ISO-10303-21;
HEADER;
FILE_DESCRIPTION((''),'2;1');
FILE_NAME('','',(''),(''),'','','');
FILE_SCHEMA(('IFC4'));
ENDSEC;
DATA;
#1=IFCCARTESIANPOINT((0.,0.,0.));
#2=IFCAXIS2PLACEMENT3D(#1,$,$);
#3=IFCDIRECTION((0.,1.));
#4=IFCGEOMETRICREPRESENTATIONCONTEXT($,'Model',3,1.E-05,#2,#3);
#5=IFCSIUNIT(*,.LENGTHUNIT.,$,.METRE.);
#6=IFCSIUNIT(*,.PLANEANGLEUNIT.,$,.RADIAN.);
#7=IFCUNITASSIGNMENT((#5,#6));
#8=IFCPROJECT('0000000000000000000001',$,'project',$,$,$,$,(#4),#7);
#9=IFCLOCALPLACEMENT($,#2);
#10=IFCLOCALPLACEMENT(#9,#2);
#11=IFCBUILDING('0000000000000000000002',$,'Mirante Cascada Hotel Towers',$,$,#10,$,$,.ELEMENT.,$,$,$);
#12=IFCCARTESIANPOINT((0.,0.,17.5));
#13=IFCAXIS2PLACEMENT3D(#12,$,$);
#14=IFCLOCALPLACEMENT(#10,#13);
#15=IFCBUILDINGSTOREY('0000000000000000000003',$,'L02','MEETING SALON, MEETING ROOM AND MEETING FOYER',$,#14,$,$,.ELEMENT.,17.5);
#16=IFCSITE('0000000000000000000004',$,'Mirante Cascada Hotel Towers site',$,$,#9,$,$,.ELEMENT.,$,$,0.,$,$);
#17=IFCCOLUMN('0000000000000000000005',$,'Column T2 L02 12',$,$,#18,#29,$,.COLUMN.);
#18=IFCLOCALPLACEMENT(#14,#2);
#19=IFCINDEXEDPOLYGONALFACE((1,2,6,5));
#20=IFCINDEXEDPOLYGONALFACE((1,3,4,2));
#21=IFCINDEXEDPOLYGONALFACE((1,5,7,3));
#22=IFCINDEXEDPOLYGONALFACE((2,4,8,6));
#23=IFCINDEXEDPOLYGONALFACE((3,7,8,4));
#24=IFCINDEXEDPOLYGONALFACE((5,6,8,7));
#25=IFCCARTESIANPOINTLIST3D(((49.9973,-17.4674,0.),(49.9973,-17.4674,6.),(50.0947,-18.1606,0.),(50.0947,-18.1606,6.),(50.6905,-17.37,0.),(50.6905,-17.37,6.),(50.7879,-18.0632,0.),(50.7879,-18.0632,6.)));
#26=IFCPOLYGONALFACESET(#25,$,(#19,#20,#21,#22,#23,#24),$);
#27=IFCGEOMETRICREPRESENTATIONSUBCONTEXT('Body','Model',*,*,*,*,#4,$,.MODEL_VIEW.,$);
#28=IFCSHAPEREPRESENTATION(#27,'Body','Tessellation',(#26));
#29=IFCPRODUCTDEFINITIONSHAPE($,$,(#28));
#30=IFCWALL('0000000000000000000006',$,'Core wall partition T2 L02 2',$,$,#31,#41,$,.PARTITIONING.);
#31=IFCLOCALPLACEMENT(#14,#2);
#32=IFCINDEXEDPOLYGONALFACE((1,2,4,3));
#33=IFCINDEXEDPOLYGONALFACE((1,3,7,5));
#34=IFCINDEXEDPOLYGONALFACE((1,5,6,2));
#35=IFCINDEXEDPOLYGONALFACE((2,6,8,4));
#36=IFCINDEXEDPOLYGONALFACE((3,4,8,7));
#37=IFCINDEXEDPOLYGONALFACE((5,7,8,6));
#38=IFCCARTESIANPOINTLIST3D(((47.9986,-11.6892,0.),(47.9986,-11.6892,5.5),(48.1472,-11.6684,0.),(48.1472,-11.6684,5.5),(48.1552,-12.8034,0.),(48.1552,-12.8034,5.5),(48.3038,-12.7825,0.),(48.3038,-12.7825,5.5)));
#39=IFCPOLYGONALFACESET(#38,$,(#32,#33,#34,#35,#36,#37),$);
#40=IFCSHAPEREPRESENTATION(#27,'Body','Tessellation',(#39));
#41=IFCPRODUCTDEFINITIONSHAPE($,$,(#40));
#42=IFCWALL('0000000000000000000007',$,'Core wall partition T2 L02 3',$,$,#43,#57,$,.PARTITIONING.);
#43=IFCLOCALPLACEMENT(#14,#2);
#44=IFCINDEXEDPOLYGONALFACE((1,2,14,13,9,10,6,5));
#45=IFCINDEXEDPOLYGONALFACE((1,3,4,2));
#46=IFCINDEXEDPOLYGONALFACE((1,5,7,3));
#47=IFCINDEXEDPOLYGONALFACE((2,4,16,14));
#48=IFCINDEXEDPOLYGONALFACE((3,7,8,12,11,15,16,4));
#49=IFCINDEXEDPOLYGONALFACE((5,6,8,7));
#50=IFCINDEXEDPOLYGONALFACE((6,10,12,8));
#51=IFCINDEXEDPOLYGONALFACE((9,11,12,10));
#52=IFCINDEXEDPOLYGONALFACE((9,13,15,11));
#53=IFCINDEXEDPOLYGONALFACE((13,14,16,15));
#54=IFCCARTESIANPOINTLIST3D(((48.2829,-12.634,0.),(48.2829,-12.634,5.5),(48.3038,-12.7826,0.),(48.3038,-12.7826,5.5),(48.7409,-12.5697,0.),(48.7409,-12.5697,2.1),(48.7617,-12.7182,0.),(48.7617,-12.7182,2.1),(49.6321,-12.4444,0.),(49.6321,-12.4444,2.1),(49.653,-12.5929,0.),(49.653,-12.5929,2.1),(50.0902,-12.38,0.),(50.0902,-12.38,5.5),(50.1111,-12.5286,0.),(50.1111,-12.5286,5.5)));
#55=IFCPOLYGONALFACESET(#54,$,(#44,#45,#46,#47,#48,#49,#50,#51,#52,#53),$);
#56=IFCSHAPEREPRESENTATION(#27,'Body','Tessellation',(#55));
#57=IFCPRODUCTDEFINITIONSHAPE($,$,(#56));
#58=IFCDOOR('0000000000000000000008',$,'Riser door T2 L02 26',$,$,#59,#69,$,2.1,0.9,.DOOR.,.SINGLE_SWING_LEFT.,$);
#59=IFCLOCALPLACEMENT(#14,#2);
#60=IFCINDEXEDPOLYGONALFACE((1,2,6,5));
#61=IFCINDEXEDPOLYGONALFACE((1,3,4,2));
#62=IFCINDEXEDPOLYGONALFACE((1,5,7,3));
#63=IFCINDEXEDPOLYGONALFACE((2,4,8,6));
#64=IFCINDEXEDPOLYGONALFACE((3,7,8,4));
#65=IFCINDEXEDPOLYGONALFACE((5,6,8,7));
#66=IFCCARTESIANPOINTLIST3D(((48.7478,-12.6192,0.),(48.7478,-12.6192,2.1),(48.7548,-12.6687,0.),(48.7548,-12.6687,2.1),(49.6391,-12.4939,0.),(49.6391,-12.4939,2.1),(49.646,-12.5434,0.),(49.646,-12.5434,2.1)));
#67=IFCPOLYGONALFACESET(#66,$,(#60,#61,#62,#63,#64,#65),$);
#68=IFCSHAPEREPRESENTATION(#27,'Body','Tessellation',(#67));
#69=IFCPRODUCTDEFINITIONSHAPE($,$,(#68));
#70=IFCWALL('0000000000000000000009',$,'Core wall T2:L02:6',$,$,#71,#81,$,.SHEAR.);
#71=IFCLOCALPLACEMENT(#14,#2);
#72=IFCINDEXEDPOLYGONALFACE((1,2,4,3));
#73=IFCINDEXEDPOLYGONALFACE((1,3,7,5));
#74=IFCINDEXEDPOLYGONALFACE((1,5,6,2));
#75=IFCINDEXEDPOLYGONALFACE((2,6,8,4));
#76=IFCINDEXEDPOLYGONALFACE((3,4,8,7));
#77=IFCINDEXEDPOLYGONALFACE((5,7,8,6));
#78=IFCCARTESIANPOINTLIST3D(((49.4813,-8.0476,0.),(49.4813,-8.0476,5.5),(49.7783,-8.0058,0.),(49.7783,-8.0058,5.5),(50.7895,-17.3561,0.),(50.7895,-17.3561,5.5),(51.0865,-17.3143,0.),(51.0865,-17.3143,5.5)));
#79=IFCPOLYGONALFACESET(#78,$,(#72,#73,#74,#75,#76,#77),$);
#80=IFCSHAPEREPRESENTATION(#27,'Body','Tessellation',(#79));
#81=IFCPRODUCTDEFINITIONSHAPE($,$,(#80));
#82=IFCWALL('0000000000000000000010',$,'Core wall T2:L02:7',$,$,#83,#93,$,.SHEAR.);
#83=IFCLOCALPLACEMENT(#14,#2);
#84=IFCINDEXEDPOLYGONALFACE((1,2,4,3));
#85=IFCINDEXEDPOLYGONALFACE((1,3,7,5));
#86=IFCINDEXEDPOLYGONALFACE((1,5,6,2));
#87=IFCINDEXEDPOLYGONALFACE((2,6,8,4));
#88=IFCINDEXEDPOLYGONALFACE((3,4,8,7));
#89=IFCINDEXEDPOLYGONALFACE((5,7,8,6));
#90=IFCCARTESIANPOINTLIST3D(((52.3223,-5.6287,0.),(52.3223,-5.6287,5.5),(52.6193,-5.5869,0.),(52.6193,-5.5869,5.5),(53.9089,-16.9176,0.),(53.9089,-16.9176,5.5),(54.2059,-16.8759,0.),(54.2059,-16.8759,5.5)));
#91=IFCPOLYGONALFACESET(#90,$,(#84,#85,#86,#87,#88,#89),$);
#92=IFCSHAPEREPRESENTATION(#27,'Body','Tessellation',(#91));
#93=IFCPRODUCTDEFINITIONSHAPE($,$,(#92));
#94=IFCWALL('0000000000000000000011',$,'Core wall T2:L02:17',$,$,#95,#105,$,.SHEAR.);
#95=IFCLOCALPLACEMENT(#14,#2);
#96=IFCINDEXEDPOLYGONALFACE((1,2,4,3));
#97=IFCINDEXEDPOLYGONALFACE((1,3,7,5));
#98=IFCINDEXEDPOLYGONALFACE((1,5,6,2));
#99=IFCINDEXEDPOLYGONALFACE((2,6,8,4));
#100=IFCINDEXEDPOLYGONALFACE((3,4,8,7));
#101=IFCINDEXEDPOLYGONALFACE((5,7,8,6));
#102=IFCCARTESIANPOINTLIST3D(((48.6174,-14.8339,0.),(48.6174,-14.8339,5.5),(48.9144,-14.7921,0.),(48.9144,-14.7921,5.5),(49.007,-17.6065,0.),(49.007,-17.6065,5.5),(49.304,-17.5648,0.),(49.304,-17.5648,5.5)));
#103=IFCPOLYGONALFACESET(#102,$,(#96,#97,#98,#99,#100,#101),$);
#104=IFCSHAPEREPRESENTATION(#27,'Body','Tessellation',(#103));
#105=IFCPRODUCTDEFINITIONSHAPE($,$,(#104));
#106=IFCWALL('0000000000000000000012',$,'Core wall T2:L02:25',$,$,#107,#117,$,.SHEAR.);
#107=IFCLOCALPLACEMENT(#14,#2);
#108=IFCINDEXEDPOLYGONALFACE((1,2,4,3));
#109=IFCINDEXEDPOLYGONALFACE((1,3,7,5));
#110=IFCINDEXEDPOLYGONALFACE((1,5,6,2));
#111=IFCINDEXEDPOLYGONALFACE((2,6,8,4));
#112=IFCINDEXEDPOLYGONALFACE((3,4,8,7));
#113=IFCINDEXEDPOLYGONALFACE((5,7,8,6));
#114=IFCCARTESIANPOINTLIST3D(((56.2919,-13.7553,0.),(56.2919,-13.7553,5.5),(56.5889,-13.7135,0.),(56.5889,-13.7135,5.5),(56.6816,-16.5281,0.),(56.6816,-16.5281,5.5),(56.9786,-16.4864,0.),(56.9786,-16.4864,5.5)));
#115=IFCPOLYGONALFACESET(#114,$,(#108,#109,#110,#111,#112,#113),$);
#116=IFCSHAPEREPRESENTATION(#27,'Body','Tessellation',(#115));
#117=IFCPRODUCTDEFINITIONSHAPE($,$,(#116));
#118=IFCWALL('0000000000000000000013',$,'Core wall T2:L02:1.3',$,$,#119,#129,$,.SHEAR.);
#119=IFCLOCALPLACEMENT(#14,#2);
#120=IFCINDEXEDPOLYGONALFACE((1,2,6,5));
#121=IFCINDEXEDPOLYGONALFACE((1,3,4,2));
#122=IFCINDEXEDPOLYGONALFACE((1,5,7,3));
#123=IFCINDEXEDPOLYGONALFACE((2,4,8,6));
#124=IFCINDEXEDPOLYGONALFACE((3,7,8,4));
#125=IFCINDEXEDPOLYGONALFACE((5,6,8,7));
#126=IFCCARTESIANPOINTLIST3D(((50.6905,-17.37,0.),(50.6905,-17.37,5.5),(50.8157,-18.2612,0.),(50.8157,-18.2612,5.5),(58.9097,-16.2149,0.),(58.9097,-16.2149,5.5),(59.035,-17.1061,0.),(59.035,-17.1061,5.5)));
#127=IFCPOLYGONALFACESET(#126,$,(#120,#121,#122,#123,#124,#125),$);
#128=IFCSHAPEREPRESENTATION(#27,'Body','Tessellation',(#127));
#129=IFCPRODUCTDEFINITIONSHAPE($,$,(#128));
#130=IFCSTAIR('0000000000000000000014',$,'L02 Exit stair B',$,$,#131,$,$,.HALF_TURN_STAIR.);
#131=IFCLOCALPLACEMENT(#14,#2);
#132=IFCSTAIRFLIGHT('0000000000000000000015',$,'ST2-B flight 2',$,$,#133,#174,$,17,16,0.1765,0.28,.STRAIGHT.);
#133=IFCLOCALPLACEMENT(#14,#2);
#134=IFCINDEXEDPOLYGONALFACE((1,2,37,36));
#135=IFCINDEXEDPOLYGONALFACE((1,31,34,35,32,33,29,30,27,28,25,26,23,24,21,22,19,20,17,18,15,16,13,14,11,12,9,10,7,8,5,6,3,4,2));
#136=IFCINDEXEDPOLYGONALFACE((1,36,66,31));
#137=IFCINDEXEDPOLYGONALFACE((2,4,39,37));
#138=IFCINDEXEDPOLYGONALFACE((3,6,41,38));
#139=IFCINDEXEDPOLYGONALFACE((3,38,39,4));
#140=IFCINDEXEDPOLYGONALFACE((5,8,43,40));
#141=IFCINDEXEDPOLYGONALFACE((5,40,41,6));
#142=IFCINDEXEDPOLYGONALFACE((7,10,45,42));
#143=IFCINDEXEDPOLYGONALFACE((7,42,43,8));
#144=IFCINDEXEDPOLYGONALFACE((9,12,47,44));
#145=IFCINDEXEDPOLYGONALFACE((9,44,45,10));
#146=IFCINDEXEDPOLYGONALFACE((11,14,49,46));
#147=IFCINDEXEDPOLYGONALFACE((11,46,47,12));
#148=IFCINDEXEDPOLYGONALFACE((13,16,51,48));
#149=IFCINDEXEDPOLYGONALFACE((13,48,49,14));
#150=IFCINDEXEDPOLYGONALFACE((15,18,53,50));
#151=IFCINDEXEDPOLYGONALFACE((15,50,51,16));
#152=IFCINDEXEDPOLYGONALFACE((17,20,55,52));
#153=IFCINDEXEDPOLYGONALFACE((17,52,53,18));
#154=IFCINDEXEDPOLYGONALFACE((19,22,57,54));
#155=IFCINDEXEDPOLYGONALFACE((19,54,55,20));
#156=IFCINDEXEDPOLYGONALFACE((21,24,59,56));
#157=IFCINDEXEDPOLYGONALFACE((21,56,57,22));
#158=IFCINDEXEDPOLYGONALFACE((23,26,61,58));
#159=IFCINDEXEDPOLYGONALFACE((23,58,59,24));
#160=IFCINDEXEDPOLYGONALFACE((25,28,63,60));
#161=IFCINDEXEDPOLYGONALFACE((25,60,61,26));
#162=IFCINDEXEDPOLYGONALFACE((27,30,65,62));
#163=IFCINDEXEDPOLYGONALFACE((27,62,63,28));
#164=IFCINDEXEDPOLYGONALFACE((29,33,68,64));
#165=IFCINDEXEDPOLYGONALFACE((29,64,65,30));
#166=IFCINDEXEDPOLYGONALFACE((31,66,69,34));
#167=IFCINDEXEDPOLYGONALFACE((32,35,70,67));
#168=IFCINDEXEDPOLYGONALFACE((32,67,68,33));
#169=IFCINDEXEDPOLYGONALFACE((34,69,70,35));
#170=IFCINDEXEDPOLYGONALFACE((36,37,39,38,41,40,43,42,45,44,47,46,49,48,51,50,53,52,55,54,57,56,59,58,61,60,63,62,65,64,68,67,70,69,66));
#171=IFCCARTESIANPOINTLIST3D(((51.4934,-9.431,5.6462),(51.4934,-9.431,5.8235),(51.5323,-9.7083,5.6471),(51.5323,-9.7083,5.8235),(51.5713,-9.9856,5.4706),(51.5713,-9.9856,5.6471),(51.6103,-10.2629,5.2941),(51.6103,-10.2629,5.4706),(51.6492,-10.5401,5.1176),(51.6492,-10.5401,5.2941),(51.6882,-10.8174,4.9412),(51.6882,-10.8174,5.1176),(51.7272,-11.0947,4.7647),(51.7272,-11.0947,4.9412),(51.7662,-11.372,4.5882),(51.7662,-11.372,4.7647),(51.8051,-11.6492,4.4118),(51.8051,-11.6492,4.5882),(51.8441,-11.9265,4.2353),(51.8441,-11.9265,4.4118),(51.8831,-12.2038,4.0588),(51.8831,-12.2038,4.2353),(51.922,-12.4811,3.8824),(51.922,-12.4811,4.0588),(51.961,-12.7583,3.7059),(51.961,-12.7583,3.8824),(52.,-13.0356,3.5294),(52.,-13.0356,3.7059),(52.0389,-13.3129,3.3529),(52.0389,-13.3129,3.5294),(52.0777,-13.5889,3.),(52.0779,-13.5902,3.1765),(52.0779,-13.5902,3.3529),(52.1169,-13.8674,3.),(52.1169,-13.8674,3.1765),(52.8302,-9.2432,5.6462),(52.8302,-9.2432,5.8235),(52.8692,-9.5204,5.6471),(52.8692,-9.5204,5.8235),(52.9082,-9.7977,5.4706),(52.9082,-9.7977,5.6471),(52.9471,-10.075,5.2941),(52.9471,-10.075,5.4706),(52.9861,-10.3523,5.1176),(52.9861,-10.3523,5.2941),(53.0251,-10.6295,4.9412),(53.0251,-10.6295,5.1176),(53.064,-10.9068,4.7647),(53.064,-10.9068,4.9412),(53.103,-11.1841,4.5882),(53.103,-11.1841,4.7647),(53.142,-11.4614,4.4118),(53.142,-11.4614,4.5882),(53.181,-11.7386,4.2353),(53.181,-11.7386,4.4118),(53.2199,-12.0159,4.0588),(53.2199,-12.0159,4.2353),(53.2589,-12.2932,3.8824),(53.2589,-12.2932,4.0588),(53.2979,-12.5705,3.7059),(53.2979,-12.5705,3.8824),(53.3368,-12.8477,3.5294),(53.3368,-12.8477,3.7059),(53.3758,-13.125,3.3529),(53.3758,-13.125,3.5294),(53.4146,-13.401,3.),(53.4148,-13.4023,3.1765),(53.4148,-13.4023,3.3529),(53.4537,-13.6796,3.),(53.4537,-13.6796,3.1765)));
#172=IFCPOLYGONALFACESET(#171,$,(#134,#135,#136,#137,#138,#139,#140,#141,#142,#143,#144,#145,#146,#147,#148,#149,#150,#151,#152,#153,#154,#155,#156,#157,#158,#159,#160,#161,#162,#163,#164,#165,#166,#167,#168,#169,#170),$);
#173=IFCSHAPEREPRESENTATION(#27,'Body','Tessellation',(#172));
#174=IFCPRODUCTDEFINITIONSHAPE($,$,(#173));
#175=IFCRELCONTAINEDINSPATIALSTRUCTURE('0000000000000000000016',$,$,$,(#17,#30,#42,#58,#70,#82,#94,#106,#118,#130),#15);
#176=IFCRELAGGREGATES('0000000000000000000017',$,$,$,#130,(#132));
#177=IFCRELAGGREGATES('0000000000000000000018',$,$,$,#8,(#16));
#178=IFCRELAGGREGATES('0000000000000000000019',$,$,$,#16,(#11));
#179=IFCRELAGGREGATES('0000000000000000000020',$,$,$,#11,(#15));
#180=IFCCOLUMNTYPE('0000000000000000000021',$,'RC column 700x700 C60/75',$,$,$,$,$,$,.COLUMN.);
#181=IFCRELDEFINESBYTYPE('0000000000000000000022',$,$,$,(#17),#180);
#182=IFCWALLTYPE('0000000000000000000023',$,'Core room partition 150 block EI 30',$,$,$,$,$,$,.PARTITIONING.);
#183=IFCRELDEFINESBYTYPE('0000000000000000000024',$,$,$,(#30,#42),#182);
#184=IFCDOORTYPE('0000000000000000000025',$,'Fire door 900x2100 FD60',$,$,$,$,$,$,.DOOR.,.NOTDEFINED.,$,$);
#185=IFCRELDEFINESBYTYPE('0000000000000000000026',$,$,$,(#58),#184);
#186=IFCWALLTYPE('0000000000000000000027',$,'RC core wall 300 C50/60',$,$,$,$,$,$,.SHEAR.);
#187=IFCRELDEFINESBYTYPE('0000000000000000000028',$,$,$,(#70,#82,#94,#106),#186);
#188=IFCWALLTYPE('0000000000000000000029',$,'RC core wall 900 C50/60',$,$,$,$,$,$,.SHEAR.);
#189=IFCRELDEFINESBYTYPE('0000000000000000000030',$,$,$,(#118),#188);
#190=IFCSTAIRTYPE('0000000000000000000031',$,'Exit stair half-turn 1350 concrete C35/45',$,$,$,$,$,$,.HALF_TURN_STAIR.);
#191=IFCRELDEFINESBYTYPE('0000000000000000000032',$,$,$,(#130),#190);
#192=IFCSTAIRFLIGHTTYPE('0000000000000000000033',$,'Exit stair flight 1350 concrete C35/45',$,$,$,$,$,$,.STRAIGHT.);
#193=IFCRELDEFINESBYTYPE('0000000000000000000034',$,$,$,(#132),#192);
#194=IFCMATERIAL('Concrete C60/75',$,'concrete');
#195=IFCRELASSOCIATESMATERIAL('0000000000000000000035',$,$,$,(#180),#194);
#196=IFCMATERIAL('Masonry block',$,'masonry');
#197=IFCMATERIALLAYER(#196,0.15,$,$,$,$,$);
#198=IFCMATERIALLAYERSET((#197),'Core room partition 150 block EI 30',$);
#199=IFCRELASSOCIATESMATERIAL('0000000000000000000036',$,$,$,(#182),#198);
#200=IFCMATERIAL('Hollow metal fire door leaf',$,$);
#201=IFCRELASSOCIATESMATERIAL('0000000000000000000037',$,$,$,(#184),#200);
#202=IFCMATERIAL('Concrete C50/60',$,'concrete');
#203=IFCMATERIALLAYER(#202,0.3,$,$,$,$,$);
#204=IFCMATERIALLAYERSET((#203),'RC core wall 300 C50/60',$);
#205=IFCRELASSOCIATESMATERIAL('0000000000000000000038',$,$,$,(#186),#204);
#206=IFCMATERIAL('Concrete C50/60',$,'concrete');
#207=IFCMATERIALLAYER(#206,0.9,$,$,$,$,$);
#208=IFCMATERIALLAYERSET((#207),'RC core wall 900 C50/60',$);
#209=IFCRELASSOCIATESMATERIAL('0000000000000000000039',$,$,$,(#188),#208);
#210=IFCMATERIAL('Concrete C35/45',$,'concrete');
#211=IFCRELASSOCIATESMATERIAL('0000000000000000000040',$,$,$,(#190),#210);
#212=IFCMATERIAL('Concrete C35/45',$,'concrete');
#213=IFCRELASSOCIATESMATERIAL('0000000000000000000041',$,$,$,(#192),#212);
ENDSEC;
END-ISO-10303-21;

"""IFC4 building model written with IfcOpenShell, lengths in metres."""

from ifc_helpers import new_model, si_unit, direction, frame, frame_2d, origin, origin_2d, place, context, subcontext, project, spatial, polyline, rectangle, outline, extrude, material, layer, layer_set, material_profile, profile_set, type_object, element, fill, aggregate, save


model = new_model("IFC4")

# Units and contexts
model_context = context("Model", 3, precision=1e-05, world=origin(), true_north=direction((0.0, 1.0)))
body_context = subcontext(model_context, "Body", "Model", "MODEL_VIEW")
ifc_project = project(units=[si_unit("LENGTHUNIT", "METRE"), si_unit("PLANEANGLEUNIT", "RADIAN")], contexts=[model_context])

# Site, building, storey
site_placement = place(None, origin())
site = spatial("IfcSite", under=ifc_project, at=site_placement, Name="Mirante Cascada Hotel Towers site", CompositionType="ELEMENT", RefElevation=0.0)
building_placement = place(site_placement, origin())
building = spatial("IfcBuilding", under=site, at=building_placement, Name="Mirante Cascada Hotel Towers", CompositionType="ELEMENT")
storey_placement = place(building_placement, frame((0.0, 0.0, 17.5)))
storey = spatial("IfcBuildingStorey", under=building, at=storey_placement, Name="L02", Description="MEETING SALON, MEETING ROOM AND MEETING FOYER", CompositionType="ELEMENT", Elevation=17.5)

# Column
ifc_material_1 = material(Name="Concrete C60/75", Category="concrete")
ifc_material_profile = material_profile(ifc_material_1, rectangle(XDim=0.7, YDim=0.7, at=origin_2d()), Name="RC column 700x700 C60/75")
ifc_profile_set = profile_set([ifc_material_profile], Name="Concrete C60/75")
column_type = type_object("IfcColumnType", Name="RC column 700x700 C60/75", PredefinedType="COLUMN", material=ifc_profile_set)
column_placement = place(storey_placement, frame((50.3926, -17.7653, 0.0), z_axis=(0.0, 0.0, 1.0), x_axis=(0.990268, 0.139173, 0.0)))
element("IfcColumn", 1, at=column_placement, inside=storey, type_object=column_type, Name="Column T2 L02 12", PredefinedType="COLUMN", context=body_context, shape_type="SweptSolid", body=[
    extrude(rectangle(XDim=0.7, YDim=0.7, at=origin_2d()), origin(), (0.0, 0.0, 1.0), 6.0),
])

# Wall
ifc_material_2 = material(Name="Masonry block", Category="masonry")
ifc_layer_1 = layer(ifc_material_2, 0.15)
ifc_layer_set_1 = layer_set([ifc_layer_1], Name="Core room partition 150 block EI 30")
wall_type_1 = type_object("IfcWallType", Name="Core room partition 150 block EI 30", PredefinedType="PARTITIONING", material=ifc_layer_set_1)
wall_1_placement = place(storey_placement, frame((48.2295, -12.793, 0.0), z_axis=(0.0, 0.0, 1.0), x_axis=(-0.139193, 0.990265, 0.0)))
element("IfcWall", 2, at=wall_1_placement, inside=storey, type_object=wall_type_1, Name="Core wall partition T2 L02 2", PredefinedType="PARTITIONING", context=body_context, shape_type="SweptSolid", body=[
    extrude(rectangle(XDim=1.1251, YDim=0.15, at=frame_2d((0.5626, 0.0))), origin(), (0.0, 0.0, 1.0), 5.5),
])

# Wall, opening, door
wall_2_placement = place(storey_placement, frame((48.2933, -12.7083, 0.0), z_axis=(0.0, 0.0, 1.0), x_axis=(0.990268, 0.139173, 0.0)))
wall_2 = element("IfcWall", 3, at=wall_2_placement, inside=storey, type_object=wall_type_1, Name="Core wall partition T2 L02 3", PredefinedType="PARTITIONING", context=body_context, shape_type="SweptSolid", body=[
    extrude(rectangle(XDim=1.8251, YDim=0.15, at=frame_2d((0.9126, 0.0))), origin(), (0.0, 0.0, 1.0), 5.5),
])
opening_1_placement = place(wall_2_placement, frame((0.4625, 0.0, 0.0)))
opening_1 = element("IfcOpeningElement", 4, at=opening_1_placement, cuts=wall_2, PredefinedType="OPENING", context=body_context, shape_type="SweptSolid", body=[
    extrude(rectangle(XDim=0.9, YDim=2.1, at=frame_2d((0.45, 1.05))), frame((0.0, 0.075, 0.0), z_axis=(0.0, -1.0, 0.0), x_axis=(1.0, 0.0, 0.0)), (0.0, 0.0, 1.0), 0.15),
])
ifc_material_3 = material(Name="Hollow metal fire door leaf")
door_type_1 = type_object("IfcDoorType", Name="Fire door 900x2100 FD60", OperationType="NOTDEFINED", PredefinedType="DOOR", material=ifc_material_3)
door_1_placement = place(opening_1_placement, frame((0.9, 0.0, 0.0), z_axis=(0.0, 0.0, 1.0), x_axis=(-1.0, 0.0, 0.0)))
door_1 = element("IfcDoor", 5, at=door_1_placement, inside=storey, type_object=door_type_1, Name="Riser door T2 L02 26", OperationType="SINGLE_SWING_LEFT", OverallHeight=2.1, OverallWidth=0.9, PredefinedType="DOOR", context=body_context, shape_type="SweptSolid", body=[
    extrude(rectangle(XDim=0.9, YDim=2.1, at=frame_2d((0.45, 1.05))), frame((0.0, 0.025, 0.0), z_axis=(0.0, -1.0, 0.0), x_axis=(1.0, 0.0, 0.0)), (0.0, 0.0, 1.0), 0.05),
])
fill(opening_1, door_1)

# Walls
ifc_material_4 = material(Name="Concrete C50/60", Category="concrete")
ifc_layer_2 = layer(ifc_material_4, 0.3)
ifc_layer_set_2 = layer_set([ifc_layer_2], Name="RC core wall 300 C50/60")
wall_type_2 = type_object("IfcWallType", Name="RC core wall 300 C50/60", PredefinedType="SHEAR", material=ifc_layer_set_2)
wall_3_placement = place(storey_placement, frame((50.938, -17.3352, 0.0), z_axis=(0.0, 0.0, 1.0), x_axis=(-0.139171, 0.990268, 0.0)))
element("IfcWall", 6, at=wall_3_placement, inside=storey, type_object=wall_type_2, Name="Core wall T2:L02:6", PredefinedType="SHEAR", context=body_context, shape_type="SweptSolid", body=[
    extrude(rectangle(XDim=9.4, YDim=0.3, at=frame_2d((4.7, 0.0))), origin(), (0.0, 0.0, 1.0), 5.5),
])
wall_4_placement = place(storey_placement, frame((54.0574, -16.8968, 0.0), z_axis=(0.0, 0.0, 1.0), x_axis=(-0.139176, 0.990268, 0.0)))
element("IfcWall", 7, at=wall_4_placement, inside=storey, type_object=wall_type_2, Name="Core wall T2:L02:7", PredefinedType="SHEAR", context=body_context, shape_type="SweptSolid", body=[
    extrude(rectangle(XDim=11.3999, YDim=0.3, at=frame_2d((5.7, 0.0))), origin(), (0.0, 0.0, 1.0), 5.5),
])
wall_5_placement = place(storey_placement, frame((49.1555, -17.5857, 0.0), z_axis=(0.0, 0.0, 1.0), x_axis=(-0.139146, 0.990272, 0.0)))
element("IfcWall", 8, at=wall_5_placement, inside=storey, type_object=wall_type_2, Name="Core wall T2:L02:17", PredefinedType="SHEAR", context=body_context, shape_type="SweptSolid", body=[
    extrude(rectangle(XDim=2.7999, YDim=0.3, at=frame_2d((1.4, 0.0))), origin(), (0.0, 0.0, 1.0), 5.5),
])

# Walls
wall_6_placement = place(storey_placement, frame((56.8301, -16.5072, 0.0), z_axis=(0.0, 0.0, 1.0), x_axis=(-0.139176, 0.990268, 0.0)))
element("IfcWall", 9, at=wall_6_placement, inside=storey, type_object=wall_type_2, Name="Core wall T2:L02:25", PredefinedType="SHEAR", context=body_context, shape_type="SweptSolid", body=[
    extrude(rectangle(XDim=2.8001, YDim=0.3, at=frame_2d((1.4, 0.0))), origin(), (0.0, 0.0, 1.0), 5.5),
])
ifc_material_5 = material(Name="Concrete C50/60", Category="concrete")
ifc_layer_3 = layer(ifc_material_5, 0.9)
ifc_layer_set_3 = layer_set([ifc_layer_3], Name="RC core wall 900 C50/60")
wall_type_3 = type_object("IfcWallType", Name="RC core wall 900 C50/60", PredefinedType="SHEAR", material=ifc_layer_set_3)
wall_7_placement = place(storey_placement, frame((50.7531, -17.8156, 0.0), z_axis=(0.0, 0.0, 1.0), x_axis=(0.990269, 0.139169, 0.0)))
element("IfcWall", 10, at=wall_7_placement, inside=storey, type_object=wall_type_3, Name="Core wall T2:L02:1.3", PredefinedType="SHEAR", context=body_context, shape_type="SweptSolid", body=[
    extrude(rectangle(XDim=8.3, YDim=0.9, at=frame_2d((4.15, 0.0))), origin(), (0.0, 0.0, 1.0), 5.5),
])

# Stair, stair flight
ifc_material_6 = material(Name="Concrete C35/45", Category="concrete")
stair_type = type_object("IfcStairType", Name="Exit stair half-turn 1350 concrete C35/45", PredefinedType="HALF_TURN_STAIR", material=ifc_material_6)
stair_placement = place(storey_placement, origin())
stair = element("IfcStair", 11, at=stair_placement, inside=storey, type_object=stair_type, Name="L02 Exit stair B", PredefinedType="HALF_TURN_STAIR")
ifc_material_7 = material(Name="Concrete C35/45", Category="concrete")
stair_flight_type = type_object("IfcStairFlightType", Name="Exit stair flight 1350 concrete C35/45", PredefinedType="STRAIGHT", material=ifc_material_7)
stair_flight_placement = place(storey_placement, frame((52.7853, -13.7735, 3.0), z_axis=(0.0, 0.0, 1.0), x_axis=(-0.139173, 0.990268, 0.0)))
stair_flight = element("IfcStairFlight", 12, at=stair_flight_placement, type_object=stair_flight_type, Name="ST2-B flight 2", NumberOfRisers=17, NumberOfTreads=16, PredefinedType="STRAIGHT", RiserHeight=0.1765, TreadLength=0.28, context=body_context, shape_type="SweptSolid", body=[
    extrude(outline(polyline([(0.0, 0.0), (0.0, 0.1765), (0.28, 0.1765), (0.28, 0.3529), (0.56, 0.3529), (0.56, 0.5294), (0.84, 0.5294), (0.84, 0.7059), (1.12, 0.7059), (1.12, 0.8824), (1.4, 0.8824), (1.4, 1.0588), (1.68, 1.0588), (1.68, 1.2353), (1.96, 1.2353), (1.96, 1.4118), (2.24, 1.4118), (2.24, 1.5882), (2.52, 1.5882), (2.52, 1.7647), (2.8, 1.7647), (2.8, 1.9412), (3.08, 1.9412), (3.08, 2.1176), (3.36, 2.1176), (3.36, 2.2941), (3.64, 2.2941), (3.64, 2.4706), (3.92, 2.4706), (3.92, 2.6471), (4.2, 2.6471), (4.2, 2.8235), (4.48, 2.8235), (4.48, 3.0), (4.48, 2.6462), (0.2813, 0.0), (0.0, 0.0)])), frame((0.0, 0.675, 0.0), z_axis=(0.0, -1.0, 0.0), x_axis=(1.0, 0.0, 0.0)), (0.0, 0.0, 1.0), 1.35),
])
aggregate(stair, [stair_flight])

save(model, "model.ifc")
